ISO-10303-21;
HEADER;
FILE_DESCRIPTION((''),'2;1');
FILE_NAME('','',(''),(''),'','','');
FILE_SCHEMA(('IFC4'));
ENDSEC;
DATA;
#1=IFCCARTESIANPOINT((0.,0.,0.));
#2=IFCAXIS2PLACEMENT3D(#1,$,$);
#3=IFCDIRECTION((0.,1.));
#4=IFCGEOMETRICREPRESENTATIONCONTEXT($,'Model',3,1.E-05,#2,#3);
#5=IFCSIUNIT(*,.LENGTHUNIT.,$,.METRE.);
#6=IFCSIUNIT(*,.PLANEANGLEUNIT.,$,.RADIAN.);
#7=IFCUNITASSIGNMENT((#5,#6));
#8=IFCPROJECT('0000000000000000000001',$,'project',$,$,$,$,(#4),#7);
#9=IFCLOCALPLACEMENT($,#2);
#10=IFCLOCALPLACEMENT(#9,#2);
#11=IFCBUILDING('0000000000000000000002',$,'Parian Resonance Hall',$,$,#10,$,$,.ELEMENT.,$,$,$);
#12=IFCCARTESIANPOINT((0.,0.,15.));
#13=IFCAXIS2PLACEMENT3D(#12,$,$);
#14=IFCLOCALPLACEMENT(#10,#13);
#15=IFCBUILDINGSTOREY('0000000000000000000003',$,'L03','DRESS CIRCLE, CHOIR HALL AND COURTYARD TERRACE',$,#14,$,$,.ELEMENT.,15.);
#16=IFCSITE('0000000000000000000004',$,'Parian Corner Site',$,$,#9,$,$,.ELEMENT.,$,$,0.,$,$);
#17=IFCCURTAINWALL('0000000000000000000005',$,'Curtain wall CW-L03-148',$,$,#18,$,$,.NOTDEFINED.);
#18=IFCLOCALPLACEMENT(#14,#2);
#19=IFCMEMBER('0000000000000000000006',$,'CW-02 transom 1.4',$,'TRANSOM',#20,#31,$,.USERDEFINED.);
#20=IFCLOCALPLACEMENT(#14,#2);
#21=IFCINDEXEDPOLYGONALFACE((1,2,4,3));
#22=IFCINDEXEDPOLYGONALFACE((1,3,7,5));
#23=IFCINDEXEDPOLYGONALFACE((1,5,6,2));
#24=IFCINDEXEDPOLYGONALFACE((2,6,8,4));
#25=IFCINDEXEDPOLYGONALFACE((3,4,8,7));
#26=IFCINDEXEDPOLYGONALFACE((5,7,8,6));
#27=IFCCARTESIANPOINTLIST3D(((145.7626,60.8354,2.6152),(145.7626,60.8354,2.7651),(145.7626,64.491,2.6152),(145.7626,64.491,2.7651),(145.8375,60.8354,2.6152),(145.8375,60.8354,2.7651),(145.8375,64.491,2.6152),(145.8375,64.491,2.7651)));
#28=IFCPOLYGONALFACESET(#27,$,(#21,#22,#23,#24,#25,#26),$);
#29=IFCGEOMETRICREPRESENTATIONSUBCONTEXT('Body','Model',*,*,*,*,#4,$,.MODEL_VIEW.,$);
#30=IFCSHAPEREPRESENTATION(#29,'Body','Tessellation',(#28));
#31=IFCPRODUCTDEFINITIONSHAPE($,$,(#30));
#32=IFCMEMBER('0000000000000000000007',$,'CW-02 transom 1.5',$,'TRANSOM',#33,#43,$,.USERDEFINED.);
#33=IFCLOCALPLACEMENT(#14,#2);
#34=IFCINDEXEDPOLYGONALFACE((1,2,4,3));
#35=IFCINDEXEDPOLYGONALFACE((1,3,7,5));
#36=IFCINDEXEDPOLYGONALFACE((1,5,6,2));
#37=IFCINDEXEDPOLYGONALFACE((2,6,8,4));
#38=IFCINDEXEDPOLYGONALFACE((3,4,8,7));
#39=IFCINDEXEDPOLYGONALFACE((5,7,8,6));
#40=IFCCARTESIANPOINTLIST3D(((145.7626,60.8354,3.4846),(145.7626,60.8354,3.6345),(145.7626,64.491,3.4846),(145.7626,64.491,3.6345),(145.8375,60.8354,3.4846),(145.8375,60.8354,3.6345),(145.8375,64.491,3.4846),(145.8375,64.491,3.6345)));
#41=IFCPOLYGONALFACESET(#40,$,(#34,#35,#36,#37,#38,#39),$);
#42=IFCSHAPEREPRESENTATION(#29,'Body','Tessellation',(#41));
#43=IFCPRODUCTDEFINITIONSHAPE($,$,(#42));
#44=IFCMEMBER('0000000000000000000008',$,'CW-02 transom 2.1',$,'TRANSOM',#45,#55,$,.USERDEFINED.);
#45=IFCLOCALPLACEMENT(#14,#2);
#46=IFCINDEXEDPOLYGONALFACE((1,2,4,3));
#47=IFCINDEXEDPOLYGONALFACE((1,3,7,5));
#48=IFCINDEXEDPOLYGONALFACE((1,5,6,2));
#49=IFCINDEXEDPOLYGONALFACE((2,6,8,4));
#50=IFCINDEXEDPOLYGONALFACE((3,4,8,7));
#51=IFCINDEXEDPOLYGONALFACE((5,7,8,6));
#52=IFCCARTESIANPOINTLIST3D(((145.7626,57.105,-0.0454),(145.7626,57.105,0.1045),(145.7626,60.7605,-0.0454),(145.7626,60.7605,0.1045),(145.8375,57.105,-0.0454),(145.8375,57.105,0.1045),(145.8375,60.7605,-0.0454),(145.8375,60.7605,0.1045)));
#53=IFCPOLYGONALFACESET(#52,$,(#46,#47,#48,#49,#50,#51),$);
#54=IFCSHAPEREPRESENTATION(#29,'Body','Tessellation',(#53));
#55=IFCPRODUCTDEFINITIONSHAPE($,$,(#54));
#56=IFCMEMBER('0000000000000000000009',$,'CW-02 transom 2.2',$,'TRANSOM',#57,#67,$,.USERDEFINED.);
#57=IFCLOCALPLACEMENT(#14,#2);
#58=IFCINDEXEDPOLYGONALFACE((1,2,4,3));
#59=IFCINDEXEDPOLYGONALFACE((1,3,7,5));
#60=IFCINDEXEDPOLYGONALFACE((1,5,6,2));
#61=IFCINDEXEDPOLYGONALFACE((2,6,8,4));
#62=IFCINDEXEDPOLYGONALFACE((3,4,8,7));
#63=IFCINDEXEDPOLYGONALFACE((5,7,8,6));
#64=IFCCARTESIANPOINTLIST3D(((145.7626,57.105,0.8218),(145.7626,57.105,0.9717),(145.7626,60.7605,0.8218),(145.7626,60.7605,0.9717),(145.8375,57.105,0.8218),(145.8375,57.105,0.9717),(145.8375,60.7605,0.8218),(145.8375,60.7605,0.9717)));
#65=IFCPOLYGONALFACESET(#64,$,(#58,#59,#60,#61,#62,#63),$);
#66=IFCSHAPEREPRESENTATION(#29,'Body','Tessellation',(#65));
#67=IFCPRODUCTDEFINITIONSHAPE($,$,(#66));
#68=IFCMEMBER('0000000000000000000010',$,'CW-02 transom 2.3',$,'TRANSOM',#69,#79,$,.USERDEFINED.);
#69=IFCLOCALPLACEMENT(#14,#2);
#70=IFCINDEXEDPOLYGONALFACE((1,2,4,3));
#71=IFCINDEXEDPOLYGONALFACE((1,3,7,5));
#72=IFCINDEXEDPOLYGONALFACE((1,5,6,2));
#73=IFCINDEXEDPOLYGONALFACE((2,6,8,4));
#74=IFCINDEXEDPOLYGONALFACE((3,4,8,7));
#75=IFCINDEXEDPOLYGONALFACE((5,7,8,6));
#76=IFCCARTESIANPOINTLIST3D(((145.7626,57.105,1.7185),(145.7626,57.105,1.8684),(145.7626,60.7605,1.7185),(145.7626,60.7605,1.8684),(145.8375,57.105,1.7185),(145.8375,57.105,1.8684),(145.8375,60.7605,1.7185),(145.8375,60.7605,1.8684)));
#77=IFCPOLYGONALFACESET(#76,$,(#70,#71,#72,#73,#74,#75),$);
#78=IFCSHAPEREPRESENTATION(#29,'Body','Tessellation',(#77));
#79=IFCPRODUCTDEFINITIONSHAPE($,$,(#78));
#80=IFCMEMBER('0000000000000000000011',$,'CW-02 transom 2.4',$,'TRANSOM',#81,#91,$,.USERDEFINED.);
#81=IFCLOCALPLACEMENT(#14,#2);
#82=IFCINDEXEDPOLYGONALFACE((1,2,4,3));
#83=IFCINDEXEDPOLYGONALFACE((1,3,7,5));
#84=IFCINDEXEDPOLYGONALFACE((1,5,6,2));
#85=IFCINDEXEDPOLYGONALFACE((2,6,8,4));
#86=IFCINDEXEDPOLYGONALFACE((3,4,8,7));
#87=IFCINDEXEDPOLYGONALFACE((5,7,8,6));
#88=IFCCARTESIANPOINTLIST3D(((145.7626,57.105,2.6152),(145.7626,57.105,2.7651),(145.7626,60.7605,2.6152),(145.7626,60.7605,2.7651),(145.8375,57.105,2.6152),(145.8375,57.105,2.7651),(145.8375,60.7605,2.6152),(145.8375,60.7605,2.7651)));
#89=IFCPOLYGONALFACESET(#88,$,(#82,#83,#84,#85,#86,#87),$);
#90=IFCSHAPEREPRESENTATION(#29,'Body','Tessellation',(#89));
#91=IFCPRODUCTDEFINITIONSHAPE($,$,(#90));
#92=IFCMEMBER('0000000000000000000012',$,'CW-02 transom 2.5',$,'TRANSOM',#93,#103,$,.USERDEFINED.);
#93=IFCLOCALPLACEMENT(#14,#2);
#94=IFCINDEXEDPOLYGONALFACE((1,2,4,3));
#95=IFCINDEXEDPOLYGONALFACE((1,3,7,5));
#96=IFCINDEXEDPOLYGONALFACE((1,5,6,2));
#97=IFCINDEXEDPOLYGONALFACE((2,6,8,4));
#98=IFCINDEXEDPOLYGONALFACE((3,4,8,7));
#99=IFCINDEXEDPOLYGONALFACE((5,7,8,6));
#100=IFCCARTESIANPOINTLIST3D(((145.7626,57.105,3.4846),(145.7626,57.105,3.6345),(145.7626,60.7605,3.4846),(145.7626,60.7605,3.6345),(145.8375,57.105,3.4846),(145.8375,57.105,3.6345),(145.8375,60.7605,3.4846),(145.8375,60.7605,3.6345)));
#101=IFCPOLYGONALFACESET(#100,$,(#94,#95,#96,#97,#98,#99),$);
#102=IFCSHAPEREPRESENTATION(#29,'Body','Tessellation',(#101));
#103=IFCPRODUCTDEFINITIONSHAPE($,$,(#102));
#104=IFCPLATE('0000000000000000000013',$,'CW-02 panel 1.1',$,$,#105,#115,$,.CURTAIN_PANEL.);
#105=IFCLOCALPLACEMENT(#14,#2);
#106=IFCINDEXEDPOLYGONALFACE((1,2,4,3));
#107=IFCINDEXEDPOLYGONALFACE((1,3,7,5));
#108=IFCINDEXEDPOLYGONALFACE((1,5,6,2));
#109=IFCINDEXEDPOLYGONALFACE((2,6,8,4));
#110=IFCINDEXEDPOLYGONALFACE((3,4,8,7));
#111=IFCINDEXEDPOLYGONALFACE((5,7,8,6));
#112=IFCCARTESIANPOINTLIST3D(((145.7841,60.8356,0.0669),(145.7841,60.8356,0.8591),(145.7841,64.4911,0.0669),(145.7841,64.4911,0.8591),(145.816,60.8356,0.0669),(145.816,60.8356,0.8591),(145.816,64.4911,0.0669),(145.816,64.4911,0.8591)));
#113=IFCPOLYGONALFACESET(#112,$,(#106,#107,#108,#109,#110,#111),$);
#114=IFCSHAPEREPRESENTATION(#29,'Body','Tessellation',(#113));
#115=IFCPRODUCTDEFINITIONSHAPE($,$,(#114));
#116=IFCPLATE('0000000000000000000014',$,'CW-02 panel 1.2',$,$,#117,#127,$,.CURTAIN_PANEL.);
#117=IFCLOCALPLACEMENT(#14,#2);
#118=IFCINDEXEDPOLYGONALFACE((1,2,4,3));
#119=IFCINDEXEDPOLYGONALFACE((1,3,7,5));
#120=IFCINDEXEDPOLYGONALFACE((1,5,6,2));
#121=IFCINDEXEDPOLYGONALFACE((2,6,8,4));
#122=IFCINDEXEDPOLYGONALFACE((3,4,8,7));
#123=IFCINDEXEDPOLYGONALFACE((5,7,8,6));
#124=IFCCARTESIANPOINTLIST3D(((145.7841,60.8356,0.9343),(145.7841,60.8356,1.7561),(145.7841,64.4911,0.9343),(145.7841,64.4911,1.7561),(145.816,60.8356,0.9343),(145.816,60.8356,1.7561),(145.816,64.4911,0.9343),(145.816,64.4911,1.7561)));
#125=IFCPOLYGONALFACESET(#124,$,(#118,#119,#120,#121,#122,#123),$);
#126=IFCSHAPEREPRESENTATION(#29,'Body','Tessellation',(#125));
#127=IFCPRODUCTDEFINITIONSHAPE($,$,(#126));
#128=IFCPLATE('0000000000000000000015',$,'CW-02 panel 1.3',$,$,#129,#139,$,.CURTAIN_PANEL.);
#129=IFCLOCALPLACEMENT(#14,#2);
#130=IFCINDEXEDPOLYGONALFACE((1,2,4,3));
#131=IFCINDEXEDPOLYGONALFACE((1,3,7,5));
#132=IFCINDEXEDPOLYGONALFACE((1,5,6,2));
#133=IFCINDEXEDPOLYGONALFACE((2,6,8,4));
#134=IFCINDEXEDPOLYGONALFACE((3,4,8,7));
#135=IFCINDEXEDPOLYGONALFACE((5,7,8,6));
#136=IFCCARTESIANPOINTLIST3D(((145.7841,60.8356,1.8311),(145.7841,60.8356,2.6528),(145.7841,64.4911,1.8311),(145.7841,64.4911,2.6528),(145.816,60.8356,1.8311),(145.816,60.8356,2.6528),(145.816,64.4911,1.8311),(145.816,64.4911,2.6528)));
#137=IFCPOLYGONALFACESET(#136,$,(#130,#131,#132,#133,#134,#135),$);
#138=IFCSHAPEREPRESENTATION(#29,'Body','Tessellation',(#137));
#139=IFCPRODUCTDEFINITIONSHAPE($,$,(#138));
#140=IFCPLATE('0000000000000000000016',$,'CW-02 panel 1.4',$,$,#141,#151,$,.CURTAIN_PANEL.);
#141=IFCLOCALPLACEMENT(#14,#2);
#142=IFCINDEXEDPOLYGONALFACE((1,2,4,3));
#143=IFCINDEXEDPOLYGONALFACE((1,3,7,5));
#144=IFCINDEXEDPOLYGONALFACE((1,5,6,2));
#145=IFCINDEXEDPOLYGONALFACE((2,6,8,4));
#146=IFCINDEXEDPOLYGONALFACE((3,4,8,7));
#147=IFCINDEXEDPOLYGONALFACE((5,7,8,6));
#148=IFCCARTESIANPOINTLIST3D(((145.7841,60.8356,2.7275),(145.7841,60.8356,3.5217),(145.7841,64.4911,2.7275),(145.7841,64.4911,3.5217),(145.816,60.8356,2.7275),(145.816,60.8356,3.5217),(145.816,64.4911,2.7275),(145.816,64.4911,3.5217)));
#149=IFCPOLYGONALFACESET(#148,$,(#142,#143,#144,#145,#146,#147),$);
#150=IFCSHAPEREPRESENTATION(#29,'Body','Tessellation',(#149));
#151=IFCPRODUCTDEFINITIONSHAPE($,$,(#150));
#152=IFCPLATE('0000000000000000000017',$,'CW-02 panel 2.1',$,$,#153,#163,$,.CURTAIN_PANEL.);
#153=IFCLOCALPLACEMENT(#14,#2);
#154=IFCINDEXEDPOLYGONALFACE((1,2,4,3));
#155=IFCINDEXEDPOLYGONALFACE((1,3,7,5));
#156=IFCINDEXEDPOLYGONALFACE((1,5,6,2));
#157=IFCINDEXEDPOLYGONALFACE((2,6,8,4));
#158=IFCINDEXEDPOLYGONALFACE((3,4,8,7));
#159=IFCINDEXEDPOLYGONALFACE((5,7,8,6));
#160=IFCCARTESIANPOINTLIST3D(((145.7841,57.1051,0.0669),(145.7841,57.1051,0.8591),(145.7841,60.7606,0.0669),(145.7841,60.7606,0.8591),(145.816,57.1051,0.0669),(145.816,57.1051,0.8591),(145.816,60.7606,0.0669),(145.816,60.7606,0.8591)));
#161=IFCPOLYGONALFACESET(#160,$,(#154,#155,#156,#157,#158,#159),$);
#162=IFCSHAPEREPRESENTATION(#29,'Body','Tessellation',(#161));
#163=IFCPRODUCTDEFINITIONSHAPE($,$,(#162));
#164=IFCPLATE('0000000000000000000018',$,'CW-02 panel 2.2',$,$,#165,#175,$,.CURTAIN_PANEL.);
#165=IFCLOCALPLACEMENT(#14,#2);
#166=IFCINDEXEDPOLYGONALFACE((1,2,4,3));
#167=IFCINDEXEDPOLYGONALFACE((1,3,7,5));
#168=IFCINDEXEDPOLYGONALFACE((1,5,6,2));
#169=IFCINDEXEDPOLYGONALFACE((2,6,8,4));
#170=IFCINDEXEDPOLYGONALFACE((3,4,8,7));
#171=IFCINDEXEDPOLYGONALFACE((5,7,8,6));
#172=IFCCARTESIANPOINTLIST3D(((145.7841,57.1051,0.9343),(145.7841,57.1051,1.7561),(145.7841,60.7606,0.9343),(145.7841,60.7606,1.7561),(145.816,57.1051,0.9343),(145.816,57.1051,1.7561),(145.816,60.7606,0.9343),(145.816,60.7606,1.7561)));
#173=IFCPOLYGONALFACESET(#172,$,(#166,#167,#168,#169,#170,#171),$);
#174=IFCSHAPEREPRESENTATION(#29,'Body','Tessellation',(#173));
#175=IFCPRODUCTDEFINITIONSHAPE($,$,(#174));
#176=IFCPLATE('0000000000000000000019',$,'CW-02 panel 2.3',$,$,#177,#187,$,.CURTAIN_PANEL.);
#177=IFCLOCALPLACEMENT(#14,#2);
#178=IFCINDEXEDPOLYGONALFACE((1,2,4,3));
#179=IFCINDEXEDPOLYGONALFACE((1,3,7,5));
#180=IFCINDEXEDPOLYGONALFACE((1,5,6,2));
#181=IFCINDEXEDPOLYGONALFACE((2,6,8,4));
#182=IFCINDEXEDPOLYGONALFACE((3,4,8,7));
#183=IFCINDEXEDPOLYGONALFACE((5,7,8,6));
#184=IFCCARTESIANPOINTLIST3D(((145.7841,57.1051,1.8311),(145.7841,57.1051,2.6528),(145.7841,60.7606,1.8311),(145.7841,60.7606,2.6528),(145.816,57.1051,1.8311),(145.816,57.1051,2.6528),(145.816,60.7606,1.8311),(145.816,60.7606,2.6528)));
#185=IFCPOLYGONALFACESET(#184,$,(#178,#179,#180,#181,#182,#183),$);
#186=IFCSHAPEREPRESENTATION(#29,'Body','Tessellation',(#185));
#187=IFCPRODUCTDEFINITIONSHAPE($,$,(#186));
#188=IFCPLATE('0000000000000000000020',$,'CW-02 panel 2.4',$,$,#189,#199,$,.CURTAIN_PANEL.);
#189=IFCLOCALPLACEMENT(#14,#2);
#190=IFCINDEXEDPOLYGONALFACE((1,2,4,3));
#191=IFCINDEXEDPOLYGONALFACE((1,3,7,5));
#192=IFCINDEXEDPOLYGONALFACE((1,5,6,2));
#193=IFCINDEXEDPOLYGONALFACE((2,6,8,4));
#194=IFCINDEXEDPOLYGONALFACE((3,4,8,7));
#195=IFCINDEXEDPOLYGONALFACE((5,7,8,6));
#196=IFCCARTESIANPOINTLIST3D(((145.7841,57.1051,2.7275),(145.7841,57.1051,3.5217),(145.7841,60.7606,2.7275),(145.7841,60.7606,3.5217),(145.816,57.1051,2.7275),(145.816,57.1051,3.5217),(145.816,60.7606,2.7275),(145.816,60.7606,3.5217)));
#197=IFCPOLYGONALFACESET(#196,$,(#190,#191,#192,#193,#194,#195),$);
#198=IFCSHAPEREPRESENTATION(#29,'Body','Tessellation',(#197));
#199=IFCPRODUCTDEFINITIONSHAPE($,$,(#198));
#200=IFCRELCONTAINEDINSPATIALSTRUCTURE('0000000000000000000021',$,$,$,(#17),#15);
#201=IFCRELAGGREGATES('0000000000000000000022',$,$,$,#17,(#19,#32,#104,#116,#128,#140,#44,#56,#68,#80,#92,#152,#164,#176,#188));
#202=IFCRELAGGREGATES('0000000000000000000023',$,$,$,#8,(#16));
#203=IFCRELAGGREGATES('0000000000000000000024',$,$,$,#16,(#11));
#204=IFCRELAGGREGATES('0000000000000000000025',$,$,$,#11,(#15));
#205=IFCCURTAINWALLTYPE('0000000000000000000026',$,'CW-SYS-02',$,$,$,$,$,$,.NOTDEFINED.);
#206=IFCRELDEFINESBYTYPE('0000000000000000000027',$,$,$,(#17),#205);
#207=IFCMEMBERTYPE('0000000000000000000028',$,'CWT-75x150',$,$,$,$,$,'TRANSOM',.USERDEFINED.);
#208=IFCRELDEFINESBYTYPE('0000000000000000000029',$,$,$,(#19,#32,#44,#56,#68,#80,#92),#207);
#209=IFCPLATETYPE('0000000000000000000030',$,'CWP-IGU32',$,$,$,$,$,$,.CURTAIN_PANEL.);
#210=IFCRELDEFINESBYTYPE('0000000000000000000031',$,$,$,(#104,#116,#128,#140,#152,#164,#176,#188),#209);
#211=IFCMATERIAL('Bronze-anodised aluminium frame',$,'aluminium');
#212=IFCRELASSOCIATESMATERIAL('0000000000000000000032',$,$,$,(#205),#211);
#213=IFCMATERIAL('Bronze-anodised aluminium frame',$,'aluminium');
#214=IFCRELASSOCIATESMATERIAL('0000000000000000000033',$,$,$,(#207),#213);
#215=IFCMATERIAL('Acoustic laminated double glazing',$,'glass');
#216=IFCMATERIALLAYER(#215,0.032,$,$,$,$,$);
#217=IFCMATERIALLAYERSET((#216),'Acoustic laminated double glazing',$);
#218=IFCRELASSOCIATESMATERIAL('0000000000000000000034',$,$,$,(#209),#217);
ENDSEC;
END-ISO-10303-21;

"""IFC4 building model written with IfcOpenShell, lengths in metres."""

from ifc_helpers import new_model, si_unit, direction, frame, origin, origin_2d, place, context, subcontext, project, spatial, rectangle, extrude, material, layer, layer_set, material_profile, profile_set, type_object, element, aggregate, save


model = new_model("IFC4")

# Units and contexts
model_context = context("Model", 3, precision=1e-05, world=origin(), true_north=direction((0.0, 1.0)))
body_context = subcontext(model_context, "Body", "Model", "MODEL_VIEW")
ifc_project = project(units=[si_unit("LENGTHUNIT", "METRE"), si_unit("PLANEANGLEUNIT", "RADIAN")], contexts=[model_context])

# Site, building, storey
site_placement = place(None, origin())
site = spatial("IfcSite", under=ifc_project, at=site_placement, Name="Parian Corner Site", CompositionType="ELEMENT", RefElevation=0.0)
building_placement = place(site_placement, origin())
building = spatial("IfcBuilding", under=site, at=building_placement, Name="Parian Resonance Hall", CompositionType="ELEMENT")
storey_placement = place(building_placement, frame((0.0, 0.0, 15.0)))
storey = spatial("IfcBuildingStorey", under=building, at=storey_placement, Name="L03", Description="DRESS CIRCLE, CHOIR HALL AND COURTYARD TERRACE", CompositionType="ELEMENT", Elevation=15.0)

# Curtain wall, members, plates
ifc_material_1 = material(Name="Bronze-anodised aluminium frame", Category="aluminium")
curtain_wall_type = type_object("IfcCurtainWallType", Name="CW-SYS-02", PredefinedType="NOTDEFINED", material=ifc_material_1)
curtain_wall_placement = place(storey_placement, origin())
curtain_wall = element("IfcCurtainWall", 1, at=curtain_wall_placement, inside=storey, type_object=curtain_wall_type, Name="Curtain wall CW-L03-148", PredefinedType="NOTDEFINED")
ifc_material_2 = material(Name="Bronze-anodised aluminium frame", Category="aluminium")
ifc_material_profile_1 = material_profile(ifc_material_2, rectangle(XDim=0.075, YDim=0.1499, at=origin_2d()), Name="CWT-75x150")
ifc_profile_set_1 = profile_set([ifc_material_profile_1], Name="Bronze-anodised aluminium frame")
member_type_1 = type_object("IfcMemberType", Name="CWT-75x150", ElementType="TRANSOM", PredefinedType="USERDEFINED", material=ifc_profile_set_1)
member_1_placement = place(storey_placement, frame((145.8, 64.491, 2.6902), z_axis=(0.0, -1.0, 0.0), x_axis=(1.0, 0.0, 0.0)))
member_1 = element("IfcMember", 2, at=member_1_placement, type_object=member_type_1, Name="CW-02 transom 1.4", ObjectType="TRANSOM", PredefinedType="USERDEFINED", context=body_context, shape_type="SweptSolid", body=[
    extrude(rectangle(XDim=0.075, YDim=0.1499, at=origin_2d()), origin(), (0.0, 0.0, 1.0), 3.6555),
])
member_2_placement = place(storey_placement, frame((145.8, 64.491, 3.5596), z_axis=(0.0, -1.0, 0.0), x_axis=(1.0, 0.0, 0.0)))
member_2 = element("IfcMember", 3, at=member_2_placement, type_object=member_type_1, Name="CW-02 transom 1.5", ObjectType="TRANSOM", PredefinedType="USERDEFINED", context=body_context, shape_type="SweptSolid", body=[
    extrude(rectangle(XDim=0.075, YDim=0.1499, at=origin_2d()), origin(), (0.0, 0.0, 1.0), 3.6555),
])
member_3_placement = place(storey_placement, frame((145.8, 60.7605, 0.0295), z_axis=(0.0, -1.0, 0.0), x_axis=(1.0, 0.0, 0.0)))
member_3 = element("IfcMember", 4, at=member_3_placement, type_object=member_type_1, Name="CW-02 transom 2.1", ObjectType="TRANSOM", PredefinedType="USERDEFINED", context=body_context, shape_type="SweptSolid", body=[
    extrude(rectangle(XDim=0.075, YDim=0.1499, at=origin_2d()), origin(), (0.0, 0.0, 1.0), 3.6555),
])
member_4_placement = place(storey_placement, frame((145.8, 60.7605, 0.8967), z_axis=(0.0, -1.0, 0.0), x_axis=(1.0, 0.0, 0.0)))
member_4 = element("IfcMember", 5, at=member_4_placement, type_object=member_type_1, Name="CW-02 transom 2.2", ObjectType="TRANSOM", PredefinedType="USERDEFINED", context=body_context, shape_type="SweptSolid", body=[
    extrude(rectangle(XDim=0.075, YDim=0.1499, at=origin_2d()), origin(), (0.0, 0.0, 1.0), 3.6555),
])
member_5_placement = place(storey_placement, frame((145.8, 60.7605, 1.7935), z_axis=(0.0, -1.0, 0.0), x_axis=(1.0, 0.0, 0.0)))
member_5 = element("IfcMember", 6, at=member_5_placement, type_object=member_type_1, Name="CW-02 transom 2.3", ObjectType="TRANSOM", PredefinedType="USERDEFINED", context=body_context, shape_type="SweptSolid", body=[
    extrude(rectangle(XDim=0.075, YDim=0.1499, at=origin_2d()), origin(), (0.0, 0.0, 1.0), 3.6555),
])
member_6_placement = place(storey_placement, frame((145.8, 60.7605, 2.6902), z_axis=(0.0, -1.0, 0.0), x_axis=(1.0, 0.0, 0.0)))
member_6 = element("IfcMember", 7, at=member_6_placement, type_object=member_type_1, Name="CW-02 transom 2.4", ObjectType="TRANSOM", PredefinedType="USERDEFINED", context=body_context, shape_type="SweptSolid", body=[
    extrude(rectangle(XDim=0.075, YDim=0.1499, at=origin_2d()), origin(), (0.0, 0.0, 1.0), 3.6555),
])
member_7_placement = place(storey_placement, frame((145.8, 60.7605, 3.5596), z_axis=(0.0, -1.0, 0.0), x_axis=(1.0, 0.0, 0.0)))
member_7 = element("IfcMember", 8, at=member_7_placement, type_object=member_type_1, Name="CW-02 transom 2.5", ObjectType="TRANSOM", PredefinedType="USERDEFINED", context=body_context, shape_type="SweptSolid", body=[
    extrude(rectangle(XDim=0.075, YDim=0.1499, at=origin_2d()), origin(), (0.0, 0.0, 1.0), 3.6555),
])
ifc_material_3 = material(Name="Acoustic laminated double glazing", Category="glass")
ifc_layer_1 = layer(ifc_material_3, 0.032)
ifc_layer_set_1 = layer_set([ifc_layer_1], Name="Acoustic laminated double glazing")
plate_type_1 = type_object("IfcPlateType", Name="CWP-IGU32", PredefinedType="CURTAIN_PANEL", material=ifc_layer_set_1)
plate_1_placement = place(storey_placement, frame((145.8, 62.6633, 0.0669), z_axis=(0.0, 0.0, 1.0), x_axis=(0.0, -1.0, 0.0)))
plate_1 = element("IfcPlate", 9, at=plate_1_placement, type_object=plate_type_1, Name="CW-02 panel 1.1", PredefinedType="CURTAIN_PANEL", context=body_context, shape_type="SweptSolid", body=[
    extrude(rectangle(XDim=3.6555, YDim=0.032, at=origin_2d()), origin(), (0.0, 0.0, 1.0), 0.7922),
])
plate_2_placement = place(storey_placement, frame((145.8, 62.6633, 0.9343), z_axis=(0.0, 0.0, 1.0), x_axis=(0.0, -1.0, 0.0)))
plate_2 = element("IfcPlate", 10, at=plate_2_placement, type_object=plate_type_1, Name="CW-02 panel 1.2", PredefinedType="CURTAIN_PANEL", context=body_context, shape_type="SweptSolid", body=[
    extrude(rectangle(XDim=3.6555, YDim=0.032, at=origin_2d()), origin(), (0.0, 0.0, 1.0), 0.8218),
])
plate_3_placement = place(storey_placement, frame((145.8, 62.6633, 1.8311), z_axis=(0.0, 0.0, 1.0), x_axis=(0.0, -1.0, 0.0)))
plate_3 = element("IfcPlate", 11, at=plate_3_placement, type_object=plate_type_1, Name="CW-02 panel 1.3", PredefinedType="CURTAIN_PANEL", context=body_context, shape_type="SweptSolid", body=[
    extrude(rectangle(XDim=3.6555, YDim=0.032, at=origin_2d()), origin(), (0.0, 0.0, 1.0), 0.8218),
])
plate_4_placement = place(storey_placement, frame((145.8, 62.6633, 2.7275), z_axis=(0.0, 0.0, 1.0), x_axis=(0.0, -1.0, 0.0)))
plate_4 = element("IfcPlate", 12, at=plate_4_placement, type_object=plate_type_1, Name="CW-02 panel 1.4", PredefinedType="CURTAIN_PANEL", context=body_context, shape_type="SweptSolid", body=[
    extrude(rectangle(XDim=3.6555, YDim=0.032, at=origin_2d()), origin(), (0.0, 0.0, 1.0), 0.7942),
])
plate_5_placement = place(storey_placement, frame((145.8, 58.9329, 0.0669), z_axis=(0.0, 0.0, 1.0), x_axis=(0.0, -1.0, 0.0)))
plate_5 = element("IfcPlate", 13, at=plate_5_placement, type_object=plate_type_1, Name="CW-02 panel 2.1", PredefinedType="CURTAIN_PANEL", context=body_context, shape_type="SweptSolid", body=[
    extrude(rectangle(XDim=3.6555, YDim=0.032, at=origin_2d()), origin(), (0.0, 0.0, 1.0), 0.7922),
])
plate_6_placement = place(storey_placement, frame((145.8, 58.9329, 0.9343), z_axis=(0.0, 0.0, 1.0), x_axis=(0.0, -1.0, 0.0)))
plate_6 = element("IfcPlate", 14, at=plate_6_placement, type_object=plate_type_1, Name="CW-02 panel 2.2", PredefinedType="CURTAIN_PANEL", context=body_context, shape_type="SweptSolid", body=[
    extrude(rectangle(XDim=3.6555, YDim=0.032, at=origin_2d()), origin(), (0.0, 0.0, 1.0), 0.8218),
])
plate_7_placement = place(storey_placement, frame((145.8, 58.9329, 1.8311), z_axis=(0.0, 0.0, 1.0), x_axis=(0.0, -1.0, 0.0)))
plate_7 = element("IfcPlate", 15, at=plate_7_placement, type_object=plate_type_1, Name="CW-02 panel 2.3", PredefinedType="CURTAIN_PANEL", context=body_context, shape_type="SweptSolid", body=[
    extrude(rectangle(XDim=3.6555, YDim=0.032, at=origin_2d()), origin(), (0.0, 0.0, 1.0), 0.8218),
])
plate_8_placement = place(storey_placement, frame((145.8, 58.9329, 2.7275), z_axis=(0.0, 0.0, 1.0), x_axis=(0.0, -1.0, 0.0)))
plate_8 = element("IfcPlate", 16, at=plate_8_placement, type_object=plate_type_1, Name="CW-02 panel 2.4", PredefinedType="CURTAIN_PANEL", context=body_context, shape_type="SweptSolid", body=[
    extrude(rectangle(XDim=3.6555, YDim=0.032, at=origin_2d()), origin(), (0.0, 0.0, 1.0), 0.7942),
])
aggregate(curtain_wall, [member_1, member_2, plate_1, plate_2, plate_3, plate_4, member_3, member_4, member_5, member_6, member_7, plate_5, plate_6, plate_7, plate_8])

save(model, "model.ifc")
